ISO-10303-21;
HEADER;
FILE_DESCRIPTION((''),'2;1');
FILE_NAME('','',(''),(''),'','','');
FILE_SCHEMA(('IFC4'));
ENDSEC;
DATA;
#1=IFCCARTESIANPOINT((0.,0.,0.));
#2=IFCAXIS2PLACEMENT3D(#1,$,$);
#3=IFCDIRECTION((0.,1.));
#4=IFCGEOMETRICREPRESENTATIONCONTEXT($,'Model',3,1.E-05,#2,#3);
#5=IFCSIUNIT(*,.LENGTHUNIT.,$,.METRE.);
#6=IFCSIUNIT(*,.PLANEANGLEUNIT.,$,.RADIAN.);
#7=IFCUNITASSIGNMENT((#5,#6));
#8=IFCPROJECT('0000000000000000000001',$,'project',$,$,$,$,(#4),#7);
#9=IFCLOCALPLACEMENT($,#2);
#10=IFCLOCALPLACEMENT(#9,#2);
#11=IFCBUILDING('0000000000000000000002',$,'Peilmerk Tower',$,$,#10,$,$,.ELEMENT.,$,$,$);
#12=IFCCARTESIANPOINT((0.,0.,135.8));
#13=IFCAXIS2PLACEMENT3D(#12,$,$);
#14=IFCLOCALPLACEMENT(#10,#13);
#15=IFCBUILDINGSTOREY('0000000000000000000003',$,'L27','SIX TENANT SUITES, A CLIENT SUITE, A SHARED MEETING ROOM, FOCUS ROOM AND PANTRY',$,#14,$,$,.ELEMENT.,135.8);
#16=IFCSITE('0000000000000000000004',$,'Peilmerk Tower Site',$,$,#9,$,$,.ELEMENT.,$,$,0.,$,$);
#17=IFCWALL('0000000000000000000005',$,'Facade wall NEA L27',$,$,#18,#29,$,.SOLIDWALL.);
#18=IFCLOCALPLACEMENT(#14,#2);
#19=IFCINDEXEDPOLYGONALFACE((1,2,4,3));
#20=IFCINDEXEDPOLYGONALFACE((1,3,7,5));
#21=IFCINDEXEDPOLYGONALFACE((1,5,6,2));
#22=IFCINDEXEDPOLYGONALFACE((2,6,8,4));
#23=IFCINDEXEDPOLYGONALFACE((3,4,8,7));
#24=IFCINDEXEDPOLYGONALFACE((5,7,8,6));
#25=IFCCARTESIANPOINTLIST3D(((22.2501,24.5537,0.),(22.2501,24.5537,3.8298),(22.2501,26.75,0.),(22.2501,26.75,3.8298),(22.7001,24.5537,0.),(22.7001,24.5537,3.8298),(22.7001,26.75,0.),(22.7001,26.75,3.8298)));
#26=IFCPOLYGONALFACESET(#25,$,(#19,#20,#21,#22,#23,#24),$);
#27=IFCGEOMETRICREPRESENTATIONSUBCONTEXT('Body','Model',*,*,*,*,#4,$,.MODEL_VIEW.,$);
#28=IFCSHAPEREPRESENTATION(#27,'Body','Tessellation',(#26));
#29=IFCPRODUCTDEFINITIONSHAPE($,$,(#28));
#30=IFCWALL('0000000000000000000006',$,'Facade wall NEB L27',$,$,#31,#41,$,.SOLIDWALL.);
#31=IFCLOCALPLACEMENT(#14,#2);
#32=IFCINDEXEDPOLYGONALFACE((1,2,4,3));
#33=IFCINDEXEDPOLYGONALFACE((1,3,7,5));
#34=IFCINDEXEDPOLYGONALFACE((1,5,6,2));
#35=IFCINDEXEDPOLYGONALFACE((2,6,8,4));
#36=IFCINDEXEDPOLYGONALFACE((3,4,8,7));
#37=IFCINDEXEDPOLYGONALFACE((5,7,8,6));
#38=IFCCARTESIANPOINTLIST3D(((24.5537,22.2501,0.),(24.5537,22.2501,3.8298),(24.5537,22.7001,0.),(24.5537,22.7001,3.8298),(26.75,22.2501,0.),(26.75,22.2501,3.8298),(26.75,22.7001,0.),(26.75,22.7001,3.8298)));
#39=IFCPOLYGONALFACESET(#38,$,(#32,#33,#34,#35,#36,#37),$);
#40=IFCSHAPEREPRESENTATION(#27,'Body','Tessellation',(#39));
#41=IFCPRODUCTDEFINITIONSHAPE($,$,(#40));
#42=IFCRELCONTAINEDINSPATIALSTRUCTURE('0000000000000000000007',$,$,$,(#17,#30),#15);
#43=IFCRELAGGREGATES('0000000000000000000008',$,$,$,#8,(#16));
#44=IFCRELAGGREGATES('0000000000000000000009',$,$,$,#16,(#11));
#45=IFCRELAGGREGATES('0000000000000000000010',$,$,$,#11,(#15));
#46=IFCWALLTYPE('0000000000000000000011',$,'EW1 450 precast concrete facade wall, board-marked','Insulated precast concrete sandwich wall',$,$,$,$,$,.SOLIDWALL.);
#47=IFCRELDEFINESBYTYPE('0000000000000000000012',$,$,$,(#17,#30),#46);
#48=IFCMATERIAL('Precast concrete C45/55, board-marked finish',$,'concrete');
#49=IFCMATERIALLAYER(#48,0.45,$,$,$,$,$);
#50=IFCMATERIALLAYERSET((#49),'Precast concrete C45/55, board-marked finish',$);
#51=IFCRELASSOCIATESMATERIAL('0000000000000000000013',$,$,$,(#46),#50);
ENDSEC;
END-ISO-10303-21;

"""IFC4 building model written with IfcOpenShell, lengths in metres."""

from ifc_helpers import new_model, si_unit, direction, frame, frame_2d, origin, place, context, subcontext, project, spatial, rectangle, extrude, material, layer, layer_set, type_object, element, save


model = new_model("IFC4")

# Units and contexts
model_context = context("Model", 3, precision=1e-05, world=origin(), true_north=direction((0.0, 1.0)))
body_context = subcontext(model_context, "Body", "Model", "MODEL_VIEW")
ifc_project = project(units=[si_unit("LENGTHUNIT", "METRE"), si_unit("PLANEANGLEUNIT", "RADIAN")], contexts=[model_context])

# Site, building, storey
site_placement = place(None, origin())
site = spatial("IfcSite", under=ifc_project, at=site_placement, Name="Peilmerk Tower Site", CompositionType="ELEMENT", RefElevation=0.0)
building_placement = place(site_placement, origin())
building = spatial("IfcBuilding", under=site, at=building_placement, Name="Peilmerk Tower", CompositionType="ELEMENT")
storey_placement = place(building_placement, frame((0.0, 0.0, 135.8)))
storey = spatial("IfcBuildingStorey", under=building, at=storey_placement, Name="L27", Description="SIX TENANT SUITES, A CLIENT SUITE, A SHARED MEETING ROOM, FOCUS ROOM AND PANTRY", CompositionType="ELEMENT", Elevation=135.8)

# Shared definitions
ifc_material_1 = material(Name="Precast concrete C45/55, board-marked finish", Category="concrete")
ifc_layer_1 = layer(ifc_material_1, 0.45)
ifc_layer_set_1 = layer_set([ifc_layer_1], Name="Precast concrete C45/55, board-marked finish")
wall_type = type_object("IfcWallType", Name="EW1 450 precast concrete facade wall, board-marked", Description="Insulated precast concrete sandwich wall", PredefinedType="SOLIDWALL", material=ifc_layer_set_1)

# Walls
for number, where, z_axis, x_axis, name in (
    (1, (22.4751, 24.5537, 0.0), (0.0, 0.0, 1.0), (0.0, 1.0, 0.0), "Facade wall NEA L27"),
    (2, (24.5537, 22.4751, 0.0), (0.0, 0.0, 1.0), (1.0, 0.0, 0.0), "Facade wall NEB L27"),
):
    element("IfcWall", number, at=place(storey_placement, frame(where, z_axis=z_axis, x_axis=x_axis)), inside=storey, type_object=wall_type, Name=name, PredefinedType="SOLIDWALL", context=body_context, shape_type="SweptSolid", body=[
        extrude(rectangle(XDim=2.1963, YDim=0.45, at=frame_2d((1.0981, 0.0))), origin(), (0.0, 0.0, 1.0), 3.8298),
    ])

save(model, "model.ifc")
